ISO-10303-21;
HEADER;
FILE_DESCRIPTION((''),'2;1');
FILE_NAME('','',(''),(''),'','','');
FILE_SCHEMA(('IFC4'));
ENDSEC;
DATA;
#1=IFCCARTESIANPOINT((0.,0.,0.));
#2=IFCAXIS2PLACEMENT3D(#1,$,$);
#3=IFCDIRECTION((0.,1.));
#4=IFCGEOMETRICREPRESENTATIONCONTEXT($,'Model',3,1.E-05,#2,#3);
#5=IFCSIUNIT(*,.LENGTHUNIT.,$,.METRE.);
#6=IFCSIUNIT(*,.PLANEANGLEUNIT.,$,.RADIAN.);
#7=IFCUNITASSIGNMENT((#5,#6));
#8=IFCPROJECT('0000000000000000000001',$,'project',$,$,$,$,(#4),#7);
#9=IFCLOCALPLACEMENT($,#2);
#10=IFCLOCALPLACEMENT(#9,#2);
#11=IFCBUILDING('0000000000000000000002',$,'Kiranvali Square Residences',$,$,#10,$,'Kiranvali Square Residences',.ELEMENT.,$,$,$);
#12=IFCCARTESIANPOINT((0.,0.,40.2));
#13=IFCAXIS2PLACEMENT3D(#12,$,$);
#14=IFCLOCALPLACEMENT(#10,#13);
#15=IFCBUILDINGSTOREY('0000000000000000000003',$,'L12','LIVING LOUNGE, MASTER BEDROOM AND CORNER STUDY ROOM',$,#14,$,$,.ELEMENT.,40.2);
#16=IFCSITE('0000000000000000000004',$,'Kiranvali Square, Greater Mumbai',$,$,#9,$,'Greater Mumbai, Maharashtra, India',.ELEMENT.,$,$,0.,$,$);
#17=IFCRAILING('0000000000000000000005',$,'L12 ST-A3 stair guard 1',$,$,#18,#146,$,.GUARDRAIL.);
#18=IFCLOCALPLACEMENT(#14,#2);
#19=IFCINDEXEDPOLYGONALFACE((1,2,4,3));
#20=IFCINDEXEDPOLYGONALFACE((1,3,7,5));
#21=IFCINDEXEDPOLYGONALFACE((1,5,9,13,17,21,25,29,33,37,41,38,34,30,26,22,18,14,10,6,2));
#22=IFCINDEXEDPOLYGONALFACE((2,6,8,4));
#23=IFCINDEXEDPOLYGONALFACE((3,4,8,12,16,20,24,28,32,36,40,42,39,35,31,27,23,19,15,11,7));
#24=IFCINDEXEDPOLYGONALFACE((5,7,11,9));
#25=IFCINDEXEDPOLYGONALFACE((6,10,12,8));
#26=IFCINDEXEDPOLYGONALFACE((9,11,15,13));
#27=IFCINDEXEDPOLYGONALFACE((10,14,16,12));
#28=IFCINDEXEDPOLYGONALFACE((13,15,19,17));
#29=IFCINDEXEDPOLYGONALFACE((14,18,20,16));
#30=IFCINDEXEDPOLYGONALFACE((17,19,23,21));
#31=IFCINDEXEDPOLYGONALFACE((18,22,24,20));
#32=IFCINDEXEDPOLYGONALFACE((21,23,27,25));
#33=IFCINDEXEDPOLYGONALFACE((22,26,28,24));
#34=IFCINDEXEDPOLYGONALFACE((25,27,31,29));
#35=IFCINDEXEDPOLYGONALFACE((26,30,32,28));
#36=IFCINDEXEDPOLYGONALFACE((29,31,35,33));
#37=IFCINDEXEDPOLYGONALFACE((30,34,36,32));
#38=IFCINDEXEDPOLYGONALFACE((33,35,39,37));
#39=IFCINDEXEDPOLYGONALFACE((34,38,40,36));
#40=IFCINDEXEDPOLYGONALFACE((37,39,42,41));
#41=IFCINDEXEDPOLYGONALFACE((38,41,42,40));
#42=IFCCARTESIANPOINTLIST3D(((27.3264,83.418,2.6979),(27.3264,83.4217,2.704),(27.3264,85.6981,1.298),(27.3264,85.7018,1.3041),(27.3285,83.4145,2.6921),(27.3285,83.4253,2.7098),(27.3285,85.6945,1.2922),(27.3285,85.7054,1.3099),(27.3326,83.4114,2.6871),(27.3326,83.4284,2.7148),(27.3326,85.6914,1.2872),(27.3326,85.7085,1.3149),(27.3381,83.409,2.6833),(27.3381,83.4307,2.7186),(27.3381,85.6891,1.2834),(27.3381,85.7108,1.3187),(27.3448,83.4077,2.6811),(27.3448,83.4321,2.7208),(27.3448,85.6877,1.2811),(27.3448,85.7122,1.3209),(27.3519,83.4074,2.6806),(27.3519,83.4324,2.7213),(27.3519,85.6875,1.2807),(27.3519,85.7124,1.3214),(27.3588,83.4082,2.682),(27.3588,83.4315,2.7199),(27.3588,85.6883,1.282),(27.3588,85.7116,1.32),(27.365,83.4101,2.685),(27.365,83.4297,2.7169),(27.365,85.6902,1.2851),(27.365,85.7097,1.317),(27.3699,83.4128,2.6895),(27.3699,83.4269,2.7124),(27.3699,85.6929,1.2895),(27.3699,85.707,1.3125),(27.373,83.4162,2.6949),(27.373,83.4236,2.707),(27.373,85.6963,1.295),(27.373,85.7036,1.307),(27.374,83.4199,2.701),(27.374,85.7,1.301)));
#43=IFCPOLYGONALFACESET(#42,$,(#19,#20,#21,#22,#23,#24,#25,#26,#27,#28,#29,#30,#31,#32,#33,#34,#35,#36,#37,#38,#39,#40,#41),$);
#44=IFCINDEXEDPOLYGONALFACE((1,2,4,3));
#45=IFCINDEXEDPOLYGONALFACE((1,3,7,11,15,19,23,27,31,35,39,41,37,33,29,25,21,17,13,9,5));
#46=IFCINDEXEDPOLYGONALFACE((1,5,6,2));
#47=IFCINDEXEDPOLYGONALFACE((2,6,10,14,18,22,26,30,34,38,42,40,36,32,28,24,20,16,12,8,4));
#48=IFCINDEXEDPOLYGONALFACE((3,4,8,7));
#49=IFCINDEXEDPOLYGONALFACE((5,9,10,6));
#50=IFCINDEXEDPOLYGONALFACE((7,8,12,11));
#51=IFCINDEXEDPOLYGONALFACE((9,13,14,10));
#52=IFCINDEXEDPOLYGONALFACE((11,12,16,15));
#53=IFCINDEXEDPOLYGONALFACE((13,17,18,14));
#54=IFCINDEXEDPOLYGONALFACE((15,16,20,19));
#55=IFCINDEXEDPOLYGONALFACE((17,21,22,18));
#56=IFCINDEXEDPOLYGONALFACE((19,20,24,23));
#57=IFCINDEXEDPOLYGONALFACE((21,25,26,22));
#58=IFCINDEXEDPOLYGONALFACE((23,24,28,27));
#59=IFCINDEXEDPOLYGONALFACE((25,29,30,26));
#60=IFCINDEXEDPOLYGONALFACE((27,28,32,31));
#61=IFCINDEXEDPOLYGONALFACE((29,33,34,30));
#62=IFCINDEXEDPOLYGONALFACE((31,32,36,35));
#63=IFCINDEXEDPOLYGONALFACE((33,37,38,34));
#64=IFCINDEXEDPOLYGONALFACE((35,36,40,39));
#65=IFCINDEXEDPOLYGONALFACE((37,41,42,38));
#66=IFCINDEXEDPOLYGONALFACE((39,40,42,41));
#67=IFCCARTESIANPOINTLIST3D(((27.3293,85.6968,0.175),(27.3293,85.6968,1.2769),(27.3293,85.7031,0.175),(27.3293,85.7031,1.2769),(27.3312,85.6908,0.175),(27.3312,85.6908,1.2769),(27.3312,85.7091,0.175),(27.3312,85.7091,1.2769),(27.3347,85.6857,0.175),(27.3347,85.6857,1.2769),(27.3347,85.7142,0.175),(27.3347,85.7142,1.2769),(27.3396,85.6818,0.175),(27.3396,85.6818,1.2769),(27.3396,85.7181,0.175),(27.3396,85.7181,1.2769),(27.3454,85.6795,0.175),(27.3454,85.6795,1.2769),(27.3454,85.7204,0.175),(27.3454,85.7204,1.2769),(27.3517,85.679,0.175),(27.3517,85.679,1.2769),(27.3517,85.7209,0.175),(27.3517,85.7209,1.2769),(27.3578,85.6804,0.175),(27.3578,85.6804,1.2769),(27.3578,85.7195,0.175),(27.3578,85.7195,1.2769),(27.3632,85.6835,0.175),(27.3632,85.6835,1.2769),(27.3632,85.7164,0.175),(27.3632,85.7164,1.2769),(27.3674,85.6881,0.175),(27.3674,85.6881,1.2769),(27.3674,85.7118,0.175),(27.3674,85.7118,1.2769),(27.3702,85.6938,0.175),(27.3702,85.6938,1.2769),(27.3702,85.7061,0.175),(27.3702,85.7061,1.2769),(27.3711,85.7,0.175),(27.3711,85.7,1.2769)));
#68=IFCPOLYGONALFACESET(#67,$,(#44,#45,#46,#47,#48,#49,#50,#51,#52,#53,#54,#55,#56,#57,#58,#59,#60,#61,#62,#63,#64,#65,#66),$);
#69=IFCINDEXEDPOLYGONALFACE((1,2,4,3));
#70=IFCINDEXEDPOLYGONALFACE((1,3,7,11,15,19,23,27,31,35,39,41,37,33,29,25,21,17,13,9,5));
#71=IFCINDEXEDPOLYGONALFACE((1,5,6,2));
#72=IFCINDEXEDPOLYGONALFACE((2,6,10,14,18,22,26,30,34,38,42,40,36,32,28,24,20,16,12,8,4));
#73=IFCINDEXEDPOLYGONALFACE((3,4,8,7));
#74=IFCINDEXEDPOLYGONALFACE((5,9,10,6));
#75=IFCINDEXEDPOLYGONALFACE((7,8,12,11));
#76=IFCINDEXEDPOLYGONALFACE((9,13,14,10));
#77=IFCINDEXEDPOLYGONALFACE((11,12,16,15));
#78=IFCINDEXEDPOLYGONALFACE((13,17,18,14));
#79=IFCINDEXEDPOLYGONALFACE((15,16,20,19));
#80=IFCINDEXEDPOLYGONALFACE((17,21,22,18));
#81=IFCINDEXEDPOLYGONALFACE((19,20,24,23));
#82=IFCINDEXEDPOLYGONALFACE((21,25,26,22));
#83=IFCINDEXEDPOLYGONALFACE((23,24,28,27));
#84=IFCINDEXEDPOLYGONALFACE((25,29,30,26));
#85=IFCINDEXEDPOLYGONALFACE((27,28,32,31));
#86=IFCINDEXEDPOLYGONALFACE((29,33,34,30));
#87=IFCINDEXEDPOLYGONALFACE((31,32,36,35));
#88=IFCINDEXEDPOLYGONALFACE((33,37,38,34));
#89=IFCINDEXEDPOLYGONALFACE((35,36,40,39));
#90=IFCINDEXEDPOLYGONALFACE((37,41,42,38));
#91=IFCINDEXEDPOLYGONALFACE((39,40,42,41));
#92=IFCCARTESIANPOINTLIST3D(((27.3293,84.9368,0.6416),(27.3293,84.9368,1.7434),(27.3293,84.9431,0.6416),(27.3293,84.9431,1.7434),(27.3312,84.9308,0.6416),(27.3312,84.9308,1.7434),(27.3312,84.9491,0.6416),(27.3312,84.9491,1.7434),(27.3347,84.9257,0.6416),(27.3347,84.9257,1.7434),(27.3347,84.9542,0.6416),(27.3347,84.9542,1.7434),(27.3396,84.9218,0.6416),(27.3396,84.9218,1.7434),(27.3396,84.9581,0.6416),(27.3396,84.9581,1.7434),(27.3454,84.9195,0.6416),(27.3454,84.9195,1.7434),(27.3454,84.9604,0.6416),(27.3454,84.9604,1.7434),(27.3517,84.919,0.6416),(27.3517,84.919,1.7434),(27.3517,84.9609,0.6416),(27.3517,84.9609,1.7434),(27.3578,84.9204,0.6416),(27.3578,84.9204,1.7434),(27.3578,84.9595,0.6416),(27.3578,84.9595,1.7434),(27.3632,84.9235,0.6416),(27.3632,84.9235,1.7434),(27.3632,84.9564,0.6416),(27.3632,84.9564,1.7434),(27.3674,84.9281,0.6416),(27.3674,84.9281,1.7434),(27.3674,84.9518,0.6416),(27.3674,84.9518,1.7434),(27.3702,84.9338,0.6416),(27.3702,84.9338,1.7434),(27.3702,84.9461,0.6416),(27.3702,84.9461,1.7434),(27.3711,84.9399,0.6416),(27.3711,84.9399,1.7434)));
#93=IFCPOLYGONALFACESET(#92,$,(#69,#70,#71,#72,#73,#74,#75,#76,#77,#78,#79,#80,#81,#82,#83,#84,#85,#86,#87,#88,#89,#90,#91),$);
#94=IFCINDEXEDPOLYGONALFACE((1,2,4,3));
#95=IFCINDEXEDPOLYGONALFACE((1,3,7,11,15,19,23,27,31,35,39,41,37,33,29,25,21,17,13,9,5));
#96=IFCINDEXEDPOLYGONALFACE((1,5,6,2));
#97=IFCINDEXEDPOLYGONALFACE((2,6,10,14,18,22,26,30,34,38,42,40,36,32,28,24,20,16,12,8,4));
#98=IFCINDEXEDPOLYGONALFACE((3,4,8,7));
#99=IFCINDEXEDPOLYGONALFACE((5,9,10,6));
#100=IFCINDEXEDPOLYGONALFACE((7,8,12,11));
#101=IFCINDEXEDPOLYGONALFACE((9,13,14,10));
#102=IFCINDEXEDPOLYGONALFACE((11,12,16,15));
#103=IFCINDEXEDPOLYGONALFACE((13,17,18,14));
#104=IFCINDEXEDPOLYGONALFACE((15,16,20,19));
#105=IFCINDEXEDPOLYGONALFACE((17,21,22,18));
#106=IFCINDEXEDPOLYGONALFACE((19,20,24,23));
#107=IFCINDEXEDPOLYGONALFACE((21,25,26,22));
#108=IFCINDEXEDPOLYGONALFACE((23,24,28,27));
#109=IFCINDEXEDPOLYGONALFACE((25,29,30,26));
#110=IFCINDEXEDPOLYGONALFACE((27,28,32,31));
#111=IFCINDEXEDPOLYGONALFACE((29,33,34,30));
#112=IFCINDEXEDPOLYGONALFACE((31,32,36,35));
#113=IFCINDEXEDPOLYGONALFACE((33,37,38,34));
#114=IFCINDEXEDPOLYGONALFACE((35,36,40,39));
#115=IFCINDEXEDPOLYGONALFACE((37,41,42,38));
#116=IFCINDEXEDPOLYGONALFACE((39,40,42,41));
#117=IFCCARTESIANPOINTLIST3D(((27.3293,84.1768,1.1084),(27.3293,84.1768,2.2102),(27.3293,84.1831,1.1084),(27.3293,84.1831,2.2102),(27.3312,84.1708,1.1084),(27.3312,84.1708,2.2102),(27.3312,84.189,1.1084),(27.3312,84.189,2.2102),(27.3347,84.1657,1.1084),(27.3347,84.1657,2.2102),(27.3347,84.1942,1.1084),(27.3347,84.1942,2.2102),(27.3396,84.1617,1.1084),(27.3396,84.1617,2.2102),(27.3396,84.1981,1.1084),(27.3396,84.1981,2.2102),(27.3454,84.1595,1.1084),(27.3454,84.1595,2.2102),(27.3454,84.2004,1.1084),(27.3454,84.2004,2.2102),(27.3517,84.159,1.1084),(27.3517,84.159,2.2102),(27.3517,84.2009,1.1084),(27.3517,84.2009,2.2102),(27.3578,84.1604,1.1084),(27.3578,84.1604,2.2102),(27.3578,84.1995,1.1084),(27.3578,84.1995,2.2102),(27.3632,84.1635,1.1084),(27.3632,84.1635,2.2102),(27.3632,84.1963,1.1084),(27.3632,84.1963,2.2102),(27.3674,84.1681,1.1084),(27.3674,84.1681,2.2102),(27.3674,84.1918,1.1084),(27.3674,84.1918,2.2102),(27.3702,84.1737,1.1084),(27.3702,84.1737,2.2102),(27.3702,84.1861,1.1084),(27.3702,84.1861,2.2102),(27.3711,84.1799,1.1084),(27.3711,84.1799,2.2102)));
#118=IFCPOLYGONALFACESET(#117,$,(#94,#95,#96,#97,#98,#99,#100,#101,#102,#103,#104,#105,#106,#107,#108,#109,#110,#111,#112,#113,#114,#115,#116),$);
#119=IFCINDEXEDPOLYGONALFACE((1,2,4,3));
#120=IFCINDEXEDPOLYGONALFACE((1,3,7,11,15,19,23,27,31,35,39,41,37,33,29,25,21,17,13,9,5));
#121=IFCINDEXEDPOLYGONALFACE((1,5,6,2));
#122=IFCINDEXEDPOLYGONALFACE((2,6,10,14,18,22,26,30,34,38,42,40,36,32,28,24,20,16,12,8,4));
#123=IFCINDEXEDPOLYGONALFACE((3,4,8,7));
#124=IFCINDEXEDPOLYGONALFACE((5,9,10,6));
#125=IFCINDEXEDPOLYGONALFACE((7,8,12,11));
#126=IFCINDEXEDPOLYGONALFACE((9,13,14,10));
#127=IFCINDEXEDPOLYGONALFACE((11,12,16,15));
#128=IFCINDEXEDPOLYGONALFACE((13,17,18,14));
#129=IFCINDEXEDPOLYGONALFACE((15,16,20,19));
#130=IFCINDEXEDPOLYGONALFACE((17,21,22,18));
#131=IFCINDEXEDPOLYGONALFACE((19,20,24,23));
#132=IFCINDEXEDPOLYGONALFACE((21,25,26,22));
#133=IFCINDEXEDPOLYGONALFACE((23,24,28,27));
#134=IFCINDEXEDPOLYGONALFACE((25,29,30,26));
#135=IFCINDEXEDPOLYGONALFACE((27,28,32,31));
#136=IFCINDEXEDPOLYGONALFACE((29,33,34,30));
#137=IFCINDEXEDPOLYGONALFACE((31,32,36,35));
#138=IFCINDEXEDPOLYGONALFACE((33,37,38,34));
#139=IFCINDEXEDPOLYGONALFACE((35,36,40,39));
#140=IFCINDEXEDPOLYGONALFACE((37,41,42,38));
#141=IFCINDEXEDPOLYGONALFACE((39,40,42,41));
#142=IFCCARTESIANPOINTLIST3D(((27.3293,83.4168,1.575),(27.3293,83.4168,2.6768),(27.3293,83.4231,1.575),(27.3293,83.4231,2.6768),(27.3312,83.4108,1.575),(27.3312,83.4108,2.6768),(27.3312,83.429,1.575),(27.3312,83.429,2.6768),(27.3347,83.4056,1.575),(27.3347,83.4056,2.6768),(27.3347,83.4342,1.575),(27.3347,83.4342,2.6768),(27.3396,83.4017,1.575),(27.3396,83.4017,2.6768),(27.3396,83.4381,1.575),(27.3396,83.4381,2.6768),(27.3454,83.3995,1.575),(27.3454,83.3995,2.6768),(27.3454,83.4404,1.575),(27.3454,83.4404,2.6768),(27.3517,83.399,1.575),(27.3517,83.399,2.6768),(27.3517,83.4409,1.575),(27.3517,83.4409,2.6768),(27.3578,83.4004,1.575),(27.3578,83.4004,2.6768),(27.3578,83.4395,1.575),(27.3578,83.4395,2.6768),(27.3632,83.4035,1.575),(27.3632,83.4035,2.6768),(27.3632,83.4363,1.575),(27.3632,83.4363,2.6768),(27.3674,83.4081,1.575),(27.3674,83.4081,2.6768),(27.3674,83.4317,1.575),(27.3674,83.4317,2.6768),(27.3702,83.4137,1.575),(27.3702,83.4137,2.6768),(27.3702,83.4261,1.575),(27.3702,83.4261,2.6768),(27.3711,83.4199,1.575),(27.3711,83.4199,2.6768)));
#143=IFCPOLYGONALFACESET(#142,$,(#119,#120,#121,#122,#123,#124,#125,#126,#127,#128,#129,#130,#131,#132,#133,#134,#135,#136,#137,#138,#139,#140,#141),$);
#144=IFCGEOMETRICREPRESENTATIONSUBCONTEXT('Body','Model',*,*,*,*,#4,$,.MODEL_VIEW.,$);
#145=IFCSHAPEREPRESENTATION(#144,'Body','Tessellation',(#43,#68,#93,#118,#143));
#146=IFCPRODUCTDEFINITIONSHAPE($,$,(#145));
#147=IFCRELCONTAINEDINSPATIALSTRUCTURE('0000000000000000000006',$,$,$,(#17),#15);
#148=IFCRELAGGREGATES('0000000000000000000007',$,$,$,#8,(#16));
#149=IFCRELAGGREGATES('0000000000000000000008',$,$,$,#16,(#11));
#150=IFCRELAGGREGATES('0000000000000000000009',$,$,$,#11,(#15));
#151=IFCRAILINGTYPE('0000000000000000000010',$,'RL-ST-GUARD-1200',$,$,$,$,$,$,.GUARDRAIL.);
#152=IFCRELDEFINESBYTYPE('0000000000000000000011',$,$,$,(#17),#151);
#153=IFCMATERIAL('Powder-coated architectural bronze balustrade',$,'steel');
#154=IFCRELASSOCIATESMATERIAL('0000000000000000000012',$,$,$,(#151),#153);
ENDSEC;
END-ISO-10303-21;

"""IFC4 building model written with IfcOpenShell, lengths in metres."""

from ifc_helpers import new_model, si_unit, direction, frame, origin, origin_2d, place, context, subcontext, project, spatial, circle, extrude, material, type_object, element, save


model = new_model("IFC4")

# Units and contexts
model_context = context("Model", 3, precision=1e-05, world=origin(), true_north=direction((0.0, 1.0)))
body_context = subcontext(model_context, "Body", "Model", "MODEL_VIEW")
ifc_project = project(units=[si_unit("LENGTHUNIT", "METRE"), si_unit("PLANEANGLEUNIT", "RADIAN")], contexts=[model_context])

# Site, building, storey
site_placement = place(None, origin())
site = spatial("IfcSite", under=ifc_project, at=site_placement, Name="Kiranvali Square, Greater Mumbai", LongName="Greater Mumbai, Maharashtra, India", CompositionType="ELEMENT", RefElevation=0.0)
building_placement = place(site_placement, origin())
building = spatial("IfcBuilding", under=site, at=building_placement, Name="Kiranvali Square Residences", LongName="Kiranvali Square Residences", CompositionType="ELEMENT")
storey_placement = place(building_placement, frame((0.0, 0.0, 40.2)))
storey = spatial("IfcBuildingStorey", under=building, at=storey_placement, Name="L12", Description="LIVING LOUNGE, MASTER BEDROOM AND CORNER STUDY ROOM", CompositionType="ELEMENT", Elevation=40.2)

# Railing
ifc_material_1 = material(Name="Powder-coated architectural bronze balustrade", Category="steel")
railing_type_1 = type_object("IfcRailingType", Name="RL-ST-GUARD-1200", PredefinedType="GUARDRAIL", material=ifc_material_1)
railing_1_placement = place(storey_placement, frame((27.3501, 85.7, 0.175)))
element("IfcRailing", 1, at=railing_1_placement, inside=storey, type_object=railing_type_1, Name="L12 ST-A3 stair guard 1", PredefinedType="GUARDRAIL", context=body_context, shape_type="SweptSolid", body=[
    extrude(circle(Radius=0.0239, at=origin_2d()), frame((0.0, 0.0, 1.126), z_axis=(0.0, -0.85219, 0.523232), x_axis=(1.0, 0.0, 0.0)), (0.0, 0.0, 1.0), 2.6755),
    extrude(circle(Radius=0.021, at=origin_2d()), origin(), (0.0, 0.0, 1.0), 1.1018),
    extrude(circle(Radius=0.021, at=origin_2d()), frame((0.0, -0.76, 0.4666)), (0.0, 0.0, 1.0), 1.1018),
    extrude(circle(Radius=0.021, at=origin_2d()), frame((0.0, -1.52, 0.9333)), (0.0, 0.0, 1.0), 1.1018),
    extrude(circle(Radius=0.021, at=origin_2d()), frame((0.0, -2.28, 1.3999)), (0.0, 0.0, 1.0), 1.1018),
])

save(model, "model.ifc")
